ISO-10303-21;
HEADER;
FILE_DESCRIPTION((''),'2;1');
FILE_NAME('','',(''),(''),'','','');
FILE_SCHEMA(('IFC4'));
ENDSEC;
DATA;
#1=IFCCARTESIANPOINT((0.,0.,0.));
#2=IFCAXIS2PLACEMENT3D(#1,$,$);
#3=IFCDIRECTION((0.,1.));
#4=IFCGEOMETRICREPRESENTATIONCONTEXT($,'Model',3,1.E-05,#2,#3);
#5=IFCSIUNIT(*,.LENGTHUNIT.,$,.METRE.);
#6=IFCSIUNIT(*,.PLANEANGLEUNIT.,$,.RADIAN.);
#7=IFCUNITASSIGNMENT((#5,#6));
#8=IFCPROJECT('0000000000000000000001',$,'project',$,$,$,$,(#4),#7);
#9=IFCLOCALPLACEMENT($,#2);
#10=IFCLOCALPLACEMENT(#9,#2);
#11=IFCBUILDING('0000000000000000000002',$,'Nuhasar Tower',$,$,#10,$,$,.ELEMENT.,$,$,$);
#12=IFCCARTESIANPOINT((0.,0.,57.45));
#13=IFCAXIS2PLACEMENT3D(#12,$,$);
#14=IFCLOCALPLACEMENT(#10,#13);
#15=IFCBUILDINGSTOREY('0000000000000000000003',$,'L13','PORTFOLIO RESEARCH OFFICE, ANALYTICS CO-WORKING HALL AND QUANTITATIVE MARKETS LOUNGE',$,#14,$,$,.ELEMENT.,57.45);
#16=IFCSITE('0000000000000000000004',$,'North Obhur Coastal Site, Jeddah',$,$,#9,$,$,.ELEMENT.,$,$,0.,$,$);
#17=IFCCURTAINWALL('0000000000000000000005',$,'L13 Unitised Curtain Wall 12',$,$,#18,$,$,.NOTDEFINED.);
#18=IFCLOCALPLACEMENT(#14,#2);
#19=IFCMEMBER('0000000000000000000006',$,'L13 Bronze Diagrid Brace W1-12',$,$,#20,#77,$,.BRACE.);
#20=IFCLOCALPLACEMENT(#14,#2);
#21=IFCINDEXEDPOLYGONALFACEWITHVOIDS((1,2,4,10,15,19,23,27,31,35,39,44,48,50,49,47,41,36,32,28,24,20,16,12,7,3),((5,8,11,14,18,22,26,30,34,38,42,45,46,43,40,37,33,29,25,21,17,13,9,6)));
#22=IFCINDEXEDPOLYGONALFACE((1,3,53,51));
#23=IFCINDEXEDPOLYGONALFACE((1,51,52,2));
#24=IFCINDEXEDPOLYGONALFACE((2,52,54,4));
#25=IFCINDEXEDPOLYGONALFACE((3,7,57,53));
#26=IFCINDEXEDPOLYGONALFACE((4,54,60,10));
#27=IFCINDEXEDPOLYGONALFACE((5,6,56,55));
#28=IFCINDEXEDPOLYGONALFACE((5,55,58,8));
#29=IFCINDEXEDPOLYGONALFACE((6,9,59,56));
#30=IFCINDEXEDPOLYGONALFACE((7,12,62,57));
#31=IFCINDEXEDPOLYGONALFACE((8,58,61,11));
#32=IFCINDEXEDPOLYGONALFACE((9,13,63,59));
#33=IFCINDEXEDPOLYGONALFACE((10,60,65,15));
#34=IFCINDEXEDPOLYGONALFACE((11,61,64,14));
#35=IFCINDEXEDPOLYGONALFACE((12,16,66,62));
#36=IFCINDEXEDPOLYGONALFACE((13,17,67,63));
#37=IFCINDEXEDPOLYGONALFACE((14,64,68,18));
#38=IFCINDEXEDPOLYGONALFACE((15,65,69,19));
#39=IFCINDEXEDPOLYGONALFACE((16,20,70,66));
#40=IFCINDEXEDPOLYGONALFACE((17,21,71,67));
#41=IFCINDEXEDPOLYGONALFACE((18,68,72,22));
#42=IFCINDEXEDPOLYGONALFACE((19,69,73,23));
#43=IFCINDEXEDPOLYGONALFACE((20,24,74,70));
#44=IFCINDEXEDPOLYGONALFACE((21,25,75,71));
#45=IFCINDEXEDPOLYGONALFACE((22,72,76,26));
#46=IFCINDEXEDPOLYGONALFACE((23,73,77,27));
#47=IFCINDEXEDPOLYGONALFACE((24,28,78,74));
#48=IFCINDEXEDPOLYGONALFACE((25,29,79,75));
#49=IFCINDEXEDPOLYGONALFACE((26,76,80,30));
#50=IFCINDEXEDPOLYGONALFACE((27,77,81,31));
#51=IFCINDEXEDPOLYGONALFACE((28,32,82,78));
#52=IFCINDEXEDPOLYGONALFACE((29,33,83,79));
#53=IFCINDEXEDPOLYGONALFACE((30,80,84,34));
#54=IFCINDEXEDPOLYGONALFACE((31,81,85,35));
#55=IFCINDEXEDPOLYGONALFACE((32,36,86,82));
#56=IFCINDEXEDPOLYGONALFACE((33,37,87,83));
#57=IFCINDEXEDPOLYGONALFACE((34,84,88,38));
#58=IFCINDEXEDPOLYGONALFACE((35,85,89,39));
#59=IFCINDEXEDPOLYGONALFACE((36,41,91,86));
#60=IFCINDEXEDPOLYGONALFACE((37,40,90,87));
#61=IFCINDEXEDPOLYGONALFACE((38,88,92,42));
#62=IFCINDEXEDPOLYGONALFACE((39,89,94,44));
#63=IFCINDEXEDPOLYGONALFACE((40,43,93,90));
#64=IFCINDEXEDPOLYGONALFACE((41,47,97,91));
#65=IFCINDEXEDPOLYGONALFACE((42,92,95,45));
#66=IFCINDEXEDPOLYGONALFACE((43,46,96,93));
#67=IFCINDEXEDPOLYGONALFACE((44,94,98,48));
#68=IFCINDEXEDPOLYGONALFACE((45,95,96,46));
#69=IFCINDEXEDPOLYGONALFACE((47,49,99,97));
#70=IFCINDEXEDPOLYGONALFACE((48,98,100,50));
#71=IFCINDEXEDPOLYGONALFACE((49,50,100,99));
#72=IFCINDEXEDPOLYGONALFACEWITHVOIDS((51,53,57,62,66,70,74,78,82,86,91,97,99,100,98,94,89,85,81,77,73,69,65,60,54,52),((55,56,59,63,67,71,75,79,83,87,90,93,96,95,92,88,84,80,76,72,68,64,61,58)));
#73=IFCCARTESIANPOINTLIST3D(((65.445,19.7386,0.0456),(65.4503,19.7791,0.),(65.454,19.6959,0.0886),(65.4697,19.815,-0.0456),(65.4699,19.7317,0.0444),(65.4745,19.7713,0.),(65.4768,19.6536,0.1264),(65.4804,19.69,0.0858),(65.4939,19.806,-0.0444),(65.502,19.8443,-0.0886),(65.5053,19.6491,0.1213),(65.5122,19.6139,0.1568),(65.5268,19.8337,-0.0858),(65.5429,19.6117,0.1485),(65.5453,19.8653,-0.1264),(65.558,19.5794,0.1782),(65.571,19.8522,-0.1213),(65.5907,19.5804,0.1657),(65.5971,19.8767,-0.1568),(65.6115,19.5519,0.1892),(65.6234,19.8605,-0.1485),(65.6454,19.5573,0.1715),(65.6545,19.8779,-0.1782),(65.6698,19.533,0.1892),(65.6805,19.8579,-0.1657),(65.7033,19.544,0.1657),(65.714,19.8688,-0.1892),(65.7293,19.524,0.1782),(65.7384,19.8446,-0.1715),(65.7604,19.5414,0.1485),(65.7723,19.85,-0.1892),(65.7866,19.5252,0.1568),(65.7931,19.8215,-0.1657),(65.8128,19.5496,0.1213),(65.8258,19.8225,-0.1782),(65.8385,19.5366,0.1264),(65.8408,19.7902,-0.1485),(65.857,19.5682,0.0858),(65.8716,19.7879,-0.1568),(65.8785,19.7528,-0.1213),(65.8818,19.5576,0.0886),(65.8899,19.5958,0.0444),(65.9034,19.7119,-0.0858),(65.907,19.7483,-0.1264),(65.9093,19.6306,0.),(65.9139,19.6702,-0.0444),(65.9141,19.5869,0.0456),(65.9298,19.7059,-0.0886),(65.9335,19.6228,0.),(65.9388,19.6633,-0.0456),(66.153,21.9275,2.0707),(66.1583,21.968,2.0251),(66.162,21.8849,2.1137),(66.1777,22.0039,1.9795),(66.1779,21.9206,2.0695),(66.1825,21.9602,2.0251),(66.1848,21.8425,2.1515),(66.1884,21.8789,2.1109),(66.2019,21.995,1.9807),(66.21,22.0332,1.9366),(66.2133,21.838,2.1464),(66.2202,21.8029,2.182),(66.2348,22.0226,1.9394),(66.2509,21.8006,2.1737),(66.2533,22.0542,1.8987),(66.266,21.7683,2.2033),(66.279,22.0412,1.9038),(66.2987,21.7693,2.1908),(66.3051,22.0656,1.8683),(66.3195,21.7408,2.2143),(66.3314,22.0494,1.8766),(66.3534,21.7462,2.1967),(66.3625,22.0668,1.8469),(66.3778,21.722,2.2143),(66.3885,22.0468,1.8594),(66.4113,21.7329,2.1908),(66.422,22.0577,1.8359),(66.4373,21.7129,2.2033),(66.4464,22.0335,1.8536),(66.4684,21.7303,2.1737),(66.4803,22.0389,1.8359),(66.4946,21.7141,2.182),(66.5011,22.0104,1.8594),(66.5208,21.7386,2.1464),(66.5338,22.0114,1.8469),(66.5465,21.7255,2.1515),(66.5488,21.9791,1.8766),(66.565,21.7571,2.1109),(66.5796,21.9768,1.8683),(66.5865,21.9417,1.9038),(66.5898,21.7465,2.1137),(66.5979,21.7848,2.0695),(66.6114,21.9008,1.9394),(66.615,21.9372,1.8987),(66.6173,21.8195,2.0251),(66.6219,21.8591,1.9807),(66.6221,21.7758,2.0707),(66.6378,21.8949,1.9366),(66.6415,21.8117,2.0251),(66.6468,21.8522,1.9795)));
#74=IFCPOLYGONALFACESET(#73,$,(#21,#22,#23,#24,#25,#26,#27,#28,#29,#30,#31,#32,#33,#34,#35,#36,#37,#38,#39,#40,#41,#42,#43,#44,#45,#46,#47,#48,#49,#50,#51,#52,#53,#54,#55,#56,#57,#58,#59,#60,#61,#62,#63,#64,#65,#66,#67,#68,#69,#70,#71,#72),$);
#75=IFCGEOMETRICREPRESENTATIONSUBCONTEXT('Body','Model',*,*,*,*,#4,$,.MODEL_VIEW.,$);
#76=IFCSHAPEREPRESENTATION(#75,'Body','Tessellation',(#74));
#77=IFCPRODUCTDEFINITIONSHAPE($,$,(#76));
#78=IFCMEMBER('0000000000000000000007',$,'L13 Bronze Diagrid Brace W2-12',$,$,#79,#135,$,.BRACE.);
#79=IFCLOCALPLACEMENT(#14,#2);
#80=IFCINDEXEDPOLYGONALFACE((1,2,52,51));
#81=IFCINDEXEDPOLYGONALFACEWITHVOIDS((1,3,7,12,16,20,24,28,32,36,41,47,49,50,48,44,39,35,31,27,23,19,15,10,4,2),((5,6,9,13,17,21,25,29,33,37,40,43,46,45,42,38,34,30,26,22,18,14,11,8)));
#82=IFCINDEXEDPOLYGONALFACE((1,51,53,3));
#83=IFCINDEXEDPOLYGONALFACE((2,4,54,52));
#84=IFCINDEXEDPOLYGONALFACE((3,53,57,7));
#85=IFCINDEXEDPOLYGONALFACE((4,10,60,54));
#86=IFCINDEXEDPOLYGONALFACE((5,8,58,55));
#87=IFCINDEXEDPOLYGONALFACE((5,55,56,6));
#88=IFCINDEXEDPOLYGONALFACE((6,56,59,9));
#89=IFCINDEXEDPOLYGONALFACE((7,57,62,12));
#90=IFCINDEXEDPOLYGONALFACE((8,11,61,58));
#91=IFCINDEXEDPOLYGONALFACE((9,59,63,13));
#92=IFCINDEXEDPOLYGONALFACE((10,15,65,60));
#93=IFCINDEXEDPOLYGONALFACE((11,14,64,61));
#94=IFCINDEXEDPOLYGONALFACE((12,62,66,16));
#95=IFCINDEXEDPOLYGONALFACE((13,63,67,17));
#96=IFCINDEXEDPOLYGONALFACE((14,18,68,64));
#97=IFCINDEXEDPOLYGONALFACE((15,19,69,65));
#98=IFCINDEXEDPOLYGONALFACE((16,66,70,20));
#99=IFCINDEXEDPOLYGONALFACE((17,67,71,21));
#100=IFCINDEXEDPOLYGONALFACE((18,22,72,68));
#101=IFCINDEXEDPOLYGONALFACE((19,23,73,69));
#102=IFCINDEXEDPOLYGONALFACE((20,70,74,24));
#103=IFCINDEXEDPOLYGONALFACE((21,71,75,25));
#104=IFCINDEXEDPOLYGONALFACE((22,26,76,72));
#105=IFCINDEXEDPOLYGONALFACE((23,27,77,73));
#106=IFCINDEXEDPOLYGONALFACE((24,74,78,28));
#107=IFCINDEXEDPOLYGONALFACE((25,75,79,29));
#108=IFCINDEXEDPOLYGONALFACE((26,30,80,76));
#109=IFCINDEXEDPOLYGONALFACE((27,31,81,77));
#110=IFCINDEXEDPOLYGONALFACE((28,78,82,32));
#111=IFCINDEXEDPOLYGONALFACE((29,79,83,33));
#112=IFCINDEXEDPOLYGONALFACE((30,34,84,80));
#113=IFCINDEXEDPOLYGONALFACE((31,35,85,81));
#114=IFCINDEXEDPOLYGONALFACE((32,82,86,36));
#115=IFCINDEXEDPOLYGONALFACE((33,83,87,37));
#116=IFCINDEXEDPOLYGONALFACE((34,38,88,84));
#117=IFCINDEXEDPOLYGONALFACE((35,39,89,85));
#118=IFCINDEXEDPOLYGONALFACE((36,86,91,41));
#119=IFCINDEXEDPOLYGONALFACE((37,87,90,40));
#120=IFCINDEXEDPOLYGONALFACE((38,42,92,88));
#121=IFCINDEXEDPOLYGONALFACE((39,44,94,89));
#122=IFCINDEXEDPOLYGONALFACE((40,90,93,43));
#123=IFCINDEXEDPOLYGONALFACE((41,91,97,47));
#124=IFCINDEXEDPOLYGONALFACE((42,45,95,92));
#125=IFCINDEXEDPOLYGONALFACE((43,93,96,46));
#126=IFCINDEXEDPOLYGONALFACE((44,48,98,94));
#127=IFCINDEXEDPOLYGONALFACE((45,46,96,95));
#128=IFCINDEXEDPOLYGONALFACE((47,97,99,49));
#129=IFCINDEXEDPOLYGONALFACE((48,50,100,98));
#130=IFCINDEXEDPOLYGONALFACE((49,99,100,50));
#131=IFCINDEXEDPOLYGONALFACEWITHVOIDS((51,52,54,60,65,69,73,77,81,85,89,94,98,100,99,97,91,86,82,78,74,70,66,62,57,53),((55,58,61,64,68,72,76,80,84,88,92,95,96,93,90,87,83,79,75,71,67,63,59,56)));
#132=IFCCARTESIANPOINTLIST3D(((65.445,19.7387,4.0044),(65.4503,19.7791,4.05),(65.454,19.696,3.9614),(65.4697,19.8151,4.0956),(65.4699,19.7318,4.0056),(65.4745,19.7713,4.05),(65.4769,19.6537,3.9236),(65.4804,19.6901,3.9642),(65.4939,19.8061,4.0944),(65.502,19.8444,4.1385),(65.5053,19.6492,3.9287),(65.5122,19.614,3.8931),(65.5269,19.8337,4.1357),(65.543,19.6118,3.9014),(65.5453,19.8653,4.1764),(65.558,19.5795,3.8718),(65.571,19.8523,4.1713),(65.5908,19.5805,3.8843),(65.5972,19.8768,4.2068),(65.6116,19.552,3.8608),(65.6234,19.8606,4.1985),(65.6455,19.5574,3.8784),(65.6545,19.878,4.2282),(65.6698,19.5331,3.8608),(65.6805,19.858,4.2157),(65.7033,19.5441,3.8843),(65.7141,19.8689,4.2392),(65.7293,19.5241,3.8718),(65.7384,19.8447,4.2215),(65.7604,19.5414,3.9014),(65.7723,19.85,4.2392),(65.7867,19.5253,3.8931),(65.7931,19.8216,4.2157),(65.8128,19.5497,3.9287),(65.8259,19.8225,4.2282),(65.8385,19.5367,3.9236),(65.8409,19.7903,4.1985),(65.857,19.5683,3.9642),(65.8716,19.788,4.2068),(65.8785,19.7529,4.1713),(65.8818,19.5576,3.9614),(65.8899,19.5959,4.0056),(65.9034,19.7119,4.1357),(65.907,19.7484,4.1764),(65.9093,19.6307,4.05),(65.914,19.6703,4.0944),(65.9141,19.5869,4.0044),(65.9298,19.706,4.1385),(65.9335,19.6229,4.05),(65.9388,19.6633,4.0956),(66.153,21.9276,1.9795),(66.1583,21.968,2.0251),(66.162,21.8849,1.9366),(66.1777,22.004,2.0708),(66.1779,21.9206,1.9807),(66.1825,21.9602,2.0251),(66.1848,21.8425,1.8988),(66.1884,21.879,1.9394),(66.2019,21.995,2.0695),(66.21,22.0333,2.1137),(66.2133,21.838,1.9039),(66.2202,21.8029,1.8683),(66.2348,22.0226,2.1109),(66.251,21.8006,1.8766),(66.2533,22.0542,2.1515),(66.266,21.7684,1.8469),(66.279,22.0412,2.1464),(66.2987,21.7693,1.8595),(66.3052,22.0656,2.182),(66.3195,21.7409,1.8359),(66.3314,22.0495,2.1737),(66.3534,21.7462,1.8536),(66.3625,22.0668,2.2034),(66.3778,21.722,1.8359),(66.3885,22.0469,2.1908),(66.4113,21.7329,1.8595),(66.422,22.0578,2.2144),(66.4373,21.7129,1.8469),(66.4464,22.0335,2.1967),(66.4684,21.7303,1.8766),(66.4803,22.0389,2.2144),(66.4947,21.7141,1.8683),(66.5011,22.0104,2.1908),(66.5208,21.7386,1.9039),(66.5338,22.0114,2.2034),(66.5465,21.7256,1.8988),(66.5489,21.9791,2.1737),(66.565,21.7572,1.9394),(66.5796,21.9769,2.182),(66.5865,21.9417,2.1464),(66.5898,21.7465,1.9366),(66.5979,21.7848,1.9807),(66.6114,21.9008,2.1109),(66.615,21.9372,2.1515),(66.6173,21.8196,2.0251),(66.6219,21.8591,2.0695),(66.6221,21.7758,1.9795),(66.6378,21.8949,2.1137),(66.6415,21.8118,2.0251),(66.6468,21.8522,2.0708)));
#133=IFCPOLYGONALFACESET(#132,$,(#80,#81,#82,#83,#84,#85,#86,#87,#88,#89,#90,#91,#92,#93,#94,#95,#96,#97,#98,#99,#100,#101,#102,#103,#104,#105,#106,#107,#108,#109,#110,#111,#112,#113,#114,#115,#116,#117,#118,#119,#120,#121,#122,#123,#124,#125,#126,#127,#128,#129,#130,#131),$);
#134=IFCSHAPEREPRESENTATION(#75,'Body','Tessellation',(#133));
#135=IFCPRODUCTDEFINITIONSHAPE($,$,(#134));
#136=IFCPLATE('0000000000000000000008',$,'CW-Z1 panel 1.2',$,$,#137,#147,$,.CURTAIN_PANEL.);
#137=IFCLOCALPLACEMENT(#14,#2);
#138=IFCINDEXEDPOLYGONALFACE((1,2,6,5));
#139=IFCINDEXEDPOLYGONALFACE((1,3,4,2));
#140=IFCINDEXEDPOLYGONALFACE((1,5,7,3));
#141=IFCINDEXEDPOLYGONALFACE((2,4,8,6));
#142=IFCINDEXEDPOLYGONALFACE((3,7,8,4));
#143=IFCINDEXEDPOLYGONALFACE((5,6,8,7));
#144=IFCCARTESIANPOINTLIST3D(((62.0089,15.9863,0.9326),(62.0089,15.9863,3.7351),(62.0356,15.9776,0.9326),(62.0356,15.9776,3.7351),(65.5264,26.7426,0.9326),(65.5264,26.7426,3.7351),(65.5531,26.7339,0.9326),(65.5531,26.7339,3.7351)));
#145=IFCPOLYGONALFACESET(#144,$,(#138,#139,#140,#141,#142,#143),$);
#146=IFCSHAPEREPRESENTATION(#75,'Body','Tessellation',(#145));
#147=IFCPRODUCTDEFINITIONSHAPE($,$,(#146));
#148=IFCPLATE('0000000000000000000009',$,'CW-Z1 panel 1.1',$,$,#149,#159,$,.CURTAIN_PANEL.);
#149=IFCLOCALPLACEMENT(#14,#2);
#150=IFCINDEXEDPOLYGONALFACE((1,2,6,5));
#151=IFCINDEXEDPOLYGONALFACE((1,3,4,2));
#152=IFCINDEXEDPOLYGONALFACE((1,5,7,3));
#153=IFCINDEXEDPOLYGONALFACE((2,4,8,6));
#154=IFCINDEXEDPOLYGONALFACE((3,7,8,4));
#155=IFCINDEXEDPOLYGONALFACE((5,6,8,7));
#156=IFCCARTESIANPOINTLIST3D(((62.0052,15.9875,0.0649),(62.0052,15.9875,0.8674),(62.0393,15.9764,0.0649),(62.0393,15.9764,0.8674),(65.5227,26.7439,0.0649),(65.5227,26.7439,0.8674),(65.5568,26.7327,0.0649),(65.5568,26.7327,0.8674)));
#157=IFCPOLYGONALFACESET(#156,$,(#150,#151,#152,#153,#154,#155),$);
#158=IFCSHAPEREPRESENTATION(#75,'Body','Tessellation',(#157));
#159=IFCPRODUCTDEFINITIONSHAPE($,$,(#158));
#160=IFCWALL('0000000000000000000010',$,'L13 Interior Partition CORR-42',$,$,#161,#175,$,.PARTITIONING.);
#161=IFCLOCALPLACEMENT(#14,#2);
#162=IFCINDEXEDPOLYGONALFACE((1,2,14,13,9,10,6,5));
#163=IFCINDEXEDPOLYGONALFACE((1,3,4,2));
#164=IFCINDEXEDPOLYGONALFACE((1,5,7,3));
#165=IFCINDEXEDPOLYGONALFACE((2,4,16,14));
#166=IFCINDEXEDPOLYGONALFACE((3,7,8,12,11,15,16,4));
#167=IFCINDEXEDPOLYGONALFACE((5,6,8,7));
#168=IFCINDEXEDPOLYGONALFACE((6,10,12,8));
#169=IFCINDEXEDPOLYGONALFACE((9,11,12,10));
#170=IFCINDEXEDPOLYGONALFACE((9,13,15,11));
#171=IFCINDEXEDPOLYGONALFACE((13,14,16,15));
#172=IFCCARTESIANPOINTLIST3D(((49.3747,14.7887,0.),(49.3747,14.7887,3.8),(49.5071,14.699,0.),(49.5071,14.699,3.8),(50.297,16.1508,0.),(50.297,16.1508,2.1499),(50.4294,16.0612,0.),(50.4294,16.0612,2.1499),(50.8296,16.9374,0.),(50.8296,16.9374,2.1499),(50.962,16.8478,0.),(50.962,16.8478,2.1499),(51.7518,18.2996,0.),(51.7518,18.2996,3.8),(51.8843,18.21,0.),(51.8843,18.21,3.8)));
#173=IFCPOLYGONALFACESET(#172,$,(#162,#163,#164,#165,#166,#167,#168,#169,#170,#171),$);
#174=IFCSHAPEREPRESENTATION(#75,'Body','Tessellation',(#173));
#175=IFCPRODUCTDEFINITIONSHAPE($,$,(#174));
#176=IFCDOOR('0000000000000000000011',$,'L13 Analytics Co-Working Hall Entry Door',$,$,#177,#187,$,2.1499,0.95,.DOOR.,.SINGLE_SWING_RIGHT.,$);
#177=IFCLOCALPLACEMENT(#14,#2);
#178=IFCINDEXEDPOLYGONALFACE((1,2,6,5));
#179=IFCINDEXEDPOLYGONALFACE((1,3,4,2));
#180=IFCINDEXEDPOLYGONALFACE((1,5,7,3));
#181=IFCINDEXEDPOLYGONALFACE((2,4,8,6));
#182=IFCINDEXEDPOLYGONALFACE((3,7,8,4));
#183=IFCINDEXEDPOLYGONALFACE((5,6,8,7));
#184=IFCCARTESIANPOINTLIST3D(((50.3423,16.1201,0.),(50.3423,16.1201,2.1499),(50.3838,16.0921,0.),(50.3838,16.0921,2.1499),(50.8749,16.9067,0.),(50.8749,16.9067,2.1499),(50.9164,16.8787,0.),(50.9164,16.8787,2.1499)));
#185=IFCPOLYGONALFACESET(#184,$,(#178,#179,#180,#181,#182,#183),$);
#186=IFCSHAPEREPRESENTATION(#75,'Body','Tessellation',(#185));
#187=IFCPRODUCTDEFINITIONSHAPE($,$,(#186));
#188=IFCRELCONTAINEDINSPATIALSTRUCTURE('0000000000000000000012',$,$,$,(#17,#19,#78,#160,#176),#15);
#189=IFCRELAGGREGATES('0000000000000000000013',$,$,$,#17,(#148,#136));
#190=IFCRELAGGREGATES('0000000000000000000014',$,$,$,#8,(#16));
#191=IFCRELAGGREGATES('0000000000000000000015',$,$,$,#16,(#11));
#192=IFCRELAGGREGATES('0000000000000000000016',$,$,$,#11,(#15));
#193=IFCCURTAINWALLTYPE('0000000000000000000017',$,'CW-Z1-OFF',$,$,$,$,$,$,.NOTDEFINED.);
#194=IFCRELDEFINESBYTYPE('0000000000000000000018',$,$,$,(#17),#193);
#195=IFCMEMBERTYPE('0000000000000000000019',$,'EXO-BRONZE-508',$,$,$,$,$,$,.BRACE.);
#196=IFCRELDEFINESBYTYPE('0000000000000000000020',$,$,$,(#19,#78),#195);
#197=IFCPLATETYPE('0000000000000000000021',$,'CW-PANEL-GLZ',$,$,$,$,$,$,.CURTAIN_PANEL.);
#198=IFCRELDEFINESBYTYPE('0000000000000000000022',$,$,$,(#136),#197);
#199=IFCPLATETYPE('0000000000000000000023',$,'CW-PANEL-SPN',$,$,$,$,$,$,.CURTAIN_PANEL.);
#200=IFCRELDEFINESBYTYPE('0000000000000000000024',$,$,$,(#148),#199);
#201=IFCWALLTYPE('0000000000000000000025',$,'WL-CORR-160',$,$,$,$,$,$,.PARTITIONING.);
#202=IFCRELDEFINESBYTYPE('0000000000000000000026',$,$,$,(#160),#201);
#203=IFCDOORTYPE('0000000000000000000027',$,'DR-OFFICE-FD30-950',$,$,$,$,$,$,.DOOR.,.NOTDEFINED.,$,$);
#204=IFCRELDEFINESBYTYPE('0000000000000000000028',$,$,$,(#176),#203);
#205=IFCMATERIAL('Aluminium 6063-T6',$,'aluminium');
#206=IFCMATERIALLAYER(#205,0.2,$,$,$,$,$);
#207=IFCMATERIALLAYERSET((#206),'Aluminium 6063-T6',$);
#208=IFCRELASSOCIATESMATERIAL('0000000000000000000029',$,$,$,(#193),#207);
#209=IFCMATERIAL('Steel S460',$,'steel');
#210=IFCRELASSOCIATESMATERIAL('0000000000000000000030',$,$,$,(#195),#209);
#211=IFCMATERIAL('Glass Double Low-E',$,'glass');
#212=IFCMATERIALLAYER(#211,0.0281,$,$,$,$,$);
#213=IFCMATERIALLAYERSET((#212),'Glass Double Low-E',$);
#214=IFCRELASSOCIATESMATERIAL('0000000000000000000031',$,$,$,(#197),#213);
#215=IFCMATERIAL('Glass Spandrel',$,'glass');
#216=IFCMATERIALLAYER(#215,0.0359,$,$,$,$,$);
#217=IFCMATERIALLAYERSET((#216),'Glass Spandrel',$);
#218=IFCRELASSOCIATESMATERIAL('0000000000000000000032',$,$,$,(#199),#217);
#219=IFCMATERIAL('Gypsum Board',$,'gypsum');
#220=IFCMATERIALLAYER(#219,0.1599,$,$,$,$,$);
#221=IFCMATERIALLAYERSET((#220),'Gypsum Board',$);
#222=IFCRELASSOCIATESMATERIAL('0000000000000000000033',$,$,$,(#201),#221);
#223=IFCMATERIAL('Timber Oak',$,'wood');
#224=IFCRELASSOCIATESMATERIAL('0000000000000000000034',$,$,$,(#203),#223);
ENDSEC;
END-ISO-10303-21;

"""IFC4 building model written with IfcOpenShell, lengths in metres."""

from ifc_helpers import new_model, si_unit, direction, frame, frame_2d, origin, origin_2d, place, context, subcontext, project, spatial, rectangle, hollow_circle, extrude, material, layer, layer_set, material_profile, profile_set, type_object, element, fill, aggregate, save


model = new_model("IFC4")

# Units and contexts
model_context = context("Model", 3, precision=1e-05, world=origin(), true_north=direction((0.0, 1.0)))
body_context = subcontext(model_context, "Body", "Model", "MODEL_VIEW")
ifc_project = project(units=[si_unit("LENGTHUNIT", "METRE"), si_unit("PLANEANGLEUNIT", "RADIAN")], contexts=[model_context])

# Site, building, storey
site_placement = place(None, origin())
site = spatial("IfcSite", under=ifc_project, at=site_placement, Name="North Obhur Coastal Site, Jeddah", CompositionType="ELEMENT", RefElevation=0.0)
building_placement = place(site_placement, origin())
building = spatial("IfcBuilding", under=site, at=building_placement, Name="Nuhasar Tower", CompositionType="ELEMENT")
storey_placement = place(building_placement, frame((0.0, 0.0, 57.45)))
storey = spatial("IfcBuildingStorey", under=building, at=storey_placement, Name="L13", Description="PORTFOLIO RESEARCH OFFICE, ANALYTICS CO-WORKING HALL AND QUANTITATIVE MARKETS LOUNGE", CompositionType="ELEMENT", Elevation=57.45)

# Curtain wall
ifc_material_1 = material(Name="Aluminium 6063-T6", Category="aluminium")
ifc_layer_1 = layer(ifc_material_1, 0.2)
ifc_layer_set_1 = layer_set([ifc_layer_1], Name="Aluminium 6063-T6")
curtain_wall_type = type_object("IfcCurtainWallType", Name="CW-Z1-OFF", PredefinedType="NOTDEFINED", material=ifc_layer_set_1)
curtain_wall_placement = place(storey_placement, origin())
curtain_wall = element("IfcCurtainWall", 1, at=curtain_wall_placement, inside=storey, type_object=curtain_wall_type, Name="L13 Unitised Curtain Wall 12", PredefinedType="NOTDEFINED")

# Members
ifc_material_2 = material(Name="Steel S460", Category="steel")
ifc_material_profile_1 = material_profile(ifc_material_2, hollow_circle(Radius=0.2539, WallThickness=0.0254, at=origin_2d()), Name="HSS508X25.4")
ifc_profile_set_1 = profile_set([ifc_material_profile_1], Name="Steel S460")
member_type_1 = type_object("IfcMemberType", Name="EXO-BRONZE-508", PredefinedType="BRACE", material=ifc_profile_set_1)
member_1_placement = place(storey_placement, frame((65.6919, 19.7009, 0.0), z_axis=(0.231, 0.714187, 0.660739), x_axis=(-0.951468, 0.307747, 0.0)))
element("IfcMember", 2, at=member_1_placement, inside=storey, type_object=member_type_1, Name="L13 Bronze Diagrid Brace W1-12", PredefinedType="BRACE", context=body_context, shape_type="SweptSolid", body=[
    extrude(hollow_circle(Radius=0.2539, WallThickness=0.0254, at=origin_2d()), origin(), (0.0, 0.0, 1.0), 3.0649),
])
member_2_placement = place(storey_placement, frame((66.3999, 21.8899, 2.0251), z_axis=(-0.231012, -0.714225, 0.660694), x_axis=(0.951468, -0.307747, 0.0)))
element("IfcMember", 3, at=member_2_placement, inside=storey, type_object=member_type_1, Name="L13 Bronze Diagrid Brace W2-12", PredefinedType="BRACE", context=body_context, shape_type="SweptSolid", body=[
    extrude(hollow_circle(Radius=0.2539, WallThickness=0.0254, at=origin_2d()), origin(), (0.0, 0.0, 1.0), 3.0647),
])

# Plates
ifc_material_3 = material(Name="Glass Double Low-E", Category="glass")
ifc_layer_2 = layer(ifc_material_3, 0.0281)
ifc_layer_set_2 = layer_set([ifc_layer_2], Name="Glass Double Low-E")
plate_type_1 = type_object("IfcPlateType", Name="CW-PANEL-GLZ", PredefinedType="CURTAIN_PANEL", material=ifc_layer_set_2)
plate_1_placement = place(storey_placement, frame((63.781, 21.3601, 0.9326), z_axis=(0.0, 0.0, 1.0), x_axis=(0.310824, 0.950468, 0.0)))
plate_1 = element("IfcPlate", 4, at=plate_1_placement, type_object=plate_type_1, Name="CW-Z1 panel 1.2", PredefinedType="CURTAIN_PANEL", context=body_context, shape_type="SweptSolid", body=[
    extrude(rectangle(XDim=11.3169, YDim=0.0281, at=origin_2d()), origin(), (0.0, 0.0, 1.0), 2.8025),
])
ifc_material_4 = material(Name="Glass Spandrel", Category="glass")
ifc_layer_3 = layer(ifc_material_4, 0.0359)
ifc_layer_set_3 = layer_set([ifc_layer_3], Name="Glass Spandrel")
plate_type_2 = type_object("IfcPlateType", Name="CW-PANEL-SPN", PredefinedType="CURTAIN_PANEL", material=ifc_layer_set_3)
plate_2_placement = place(storey_placement, frame((63.781, 21.3601, 0.0649), z_axis=(0.0, 0.0, 1.0), x_axis=(0.310824, 0.950468, 0.0)))
plate_2 = element("IfcPlate", 5, at=plate_2_placement, type_object=plate_type_2, Name="CW-Z1 panel 1.1", PredefinedType="CURTAIN_PANEL", context=body_context, shape_type="SweptSolid", body=[
    extrude(rectangle(XDim=11.3169, YDim=0.0359, at=origin_2d()), origin(), (0.0, 0.0, 1.0), 0.8025),
])
aggregate(curtain_wall, [plate_2, plate_1])

# Wall, opening, door
ifc_material_5 = material(Name="Gypsum Board", Category="gypsum")
ifc_layer_4 = layer(ifc_material_5, 0.1599)
ifc_layer_set_4 = layer_set([ifc_layer_4], Name="Gypsum Board")
wall_type_1 = type_object("IfcWallType", Name="WL-CORR-160", PredefinedType="PARTITIONING", material=ifc_layer_set_4)
wall_1_placement = place(storey_placement, frame((51.8181, 18.2549, 0.0), z_axis=(0.0, 0.0, 1.0), x_axis=(-0.560652, -0.828051, 0.0)))
wall_1 = element("IfcWall", 6, at=wall_1_placement, inside=storey, type_object=wall_type_1, Name="L13 Interior Partition CORR-42", PredefinedType="PARTITIONING", context=body_context, shape_type="SweptSolid", body=[
    extrude(rectangle(XDim=4.24, YDim=0.1599, at=frame_2d((2.1201, 0.0))), origin(), (0.0, 0.0, 1.0), 3.8),
])
opening_1_placement = place(wall_1_placement, frame((1.645, 0.0, 0.0)))
opening_1 = element("IfcOpeningElement", 7, at=opening_1_placement, cuts=wall_1, PredefinedType="OPENING", context=body_context, shape_type="SweptSolid", body=[
    extrude(rectangle(XDim=0.95, YDim=2.1499, at=frame_2d((0.4751, 1.075))), frame((0.0, 0.0898, 0.0), z_axis=(0.0, -1.0, 0.0), x_axis=(1.0, 0.0, 0.0)), (0.0, 0.0, 1.0), 0.1799),
])
ifc_material_6 = material(Name="Timber Oak", Category="wood")
door_type_1 = type_object("IfcDoorType", Name="DR-OFFICE-FD30-950", OperationType="NOTDEFINED", PredefinedType="DOOR", material=ifc_material_6)
door_1_placement = place(opening_1_placement, origin())
door_1 = element("IfcDoor", 8, at=door_1_placement, inside=storey, type_object=door_type_1, Name="L13 Analytics Co-Working Hall Entry Door", OperationType="SINGLE_SWING_RIGHT", OverallHeight=2.1499, OverallWidth=0.95, PredefinedType="DOOR", context=body_context, shape_type="SweptSolid", body=[
    extrude(rectangle(XDim=0.95, YDim=2.1499, at=frame_2d((0.4751, 1.075))), frame((0.0, 0.0249, 0.0), z_axis=(0.0, -1.0, 0.0), x_axis=(1.0, 0.0, 0.0)), (0.0, 0.0, 1.0), 0.05),
])
fill(opening_1, door_1)

save(model, "model.ifc")
